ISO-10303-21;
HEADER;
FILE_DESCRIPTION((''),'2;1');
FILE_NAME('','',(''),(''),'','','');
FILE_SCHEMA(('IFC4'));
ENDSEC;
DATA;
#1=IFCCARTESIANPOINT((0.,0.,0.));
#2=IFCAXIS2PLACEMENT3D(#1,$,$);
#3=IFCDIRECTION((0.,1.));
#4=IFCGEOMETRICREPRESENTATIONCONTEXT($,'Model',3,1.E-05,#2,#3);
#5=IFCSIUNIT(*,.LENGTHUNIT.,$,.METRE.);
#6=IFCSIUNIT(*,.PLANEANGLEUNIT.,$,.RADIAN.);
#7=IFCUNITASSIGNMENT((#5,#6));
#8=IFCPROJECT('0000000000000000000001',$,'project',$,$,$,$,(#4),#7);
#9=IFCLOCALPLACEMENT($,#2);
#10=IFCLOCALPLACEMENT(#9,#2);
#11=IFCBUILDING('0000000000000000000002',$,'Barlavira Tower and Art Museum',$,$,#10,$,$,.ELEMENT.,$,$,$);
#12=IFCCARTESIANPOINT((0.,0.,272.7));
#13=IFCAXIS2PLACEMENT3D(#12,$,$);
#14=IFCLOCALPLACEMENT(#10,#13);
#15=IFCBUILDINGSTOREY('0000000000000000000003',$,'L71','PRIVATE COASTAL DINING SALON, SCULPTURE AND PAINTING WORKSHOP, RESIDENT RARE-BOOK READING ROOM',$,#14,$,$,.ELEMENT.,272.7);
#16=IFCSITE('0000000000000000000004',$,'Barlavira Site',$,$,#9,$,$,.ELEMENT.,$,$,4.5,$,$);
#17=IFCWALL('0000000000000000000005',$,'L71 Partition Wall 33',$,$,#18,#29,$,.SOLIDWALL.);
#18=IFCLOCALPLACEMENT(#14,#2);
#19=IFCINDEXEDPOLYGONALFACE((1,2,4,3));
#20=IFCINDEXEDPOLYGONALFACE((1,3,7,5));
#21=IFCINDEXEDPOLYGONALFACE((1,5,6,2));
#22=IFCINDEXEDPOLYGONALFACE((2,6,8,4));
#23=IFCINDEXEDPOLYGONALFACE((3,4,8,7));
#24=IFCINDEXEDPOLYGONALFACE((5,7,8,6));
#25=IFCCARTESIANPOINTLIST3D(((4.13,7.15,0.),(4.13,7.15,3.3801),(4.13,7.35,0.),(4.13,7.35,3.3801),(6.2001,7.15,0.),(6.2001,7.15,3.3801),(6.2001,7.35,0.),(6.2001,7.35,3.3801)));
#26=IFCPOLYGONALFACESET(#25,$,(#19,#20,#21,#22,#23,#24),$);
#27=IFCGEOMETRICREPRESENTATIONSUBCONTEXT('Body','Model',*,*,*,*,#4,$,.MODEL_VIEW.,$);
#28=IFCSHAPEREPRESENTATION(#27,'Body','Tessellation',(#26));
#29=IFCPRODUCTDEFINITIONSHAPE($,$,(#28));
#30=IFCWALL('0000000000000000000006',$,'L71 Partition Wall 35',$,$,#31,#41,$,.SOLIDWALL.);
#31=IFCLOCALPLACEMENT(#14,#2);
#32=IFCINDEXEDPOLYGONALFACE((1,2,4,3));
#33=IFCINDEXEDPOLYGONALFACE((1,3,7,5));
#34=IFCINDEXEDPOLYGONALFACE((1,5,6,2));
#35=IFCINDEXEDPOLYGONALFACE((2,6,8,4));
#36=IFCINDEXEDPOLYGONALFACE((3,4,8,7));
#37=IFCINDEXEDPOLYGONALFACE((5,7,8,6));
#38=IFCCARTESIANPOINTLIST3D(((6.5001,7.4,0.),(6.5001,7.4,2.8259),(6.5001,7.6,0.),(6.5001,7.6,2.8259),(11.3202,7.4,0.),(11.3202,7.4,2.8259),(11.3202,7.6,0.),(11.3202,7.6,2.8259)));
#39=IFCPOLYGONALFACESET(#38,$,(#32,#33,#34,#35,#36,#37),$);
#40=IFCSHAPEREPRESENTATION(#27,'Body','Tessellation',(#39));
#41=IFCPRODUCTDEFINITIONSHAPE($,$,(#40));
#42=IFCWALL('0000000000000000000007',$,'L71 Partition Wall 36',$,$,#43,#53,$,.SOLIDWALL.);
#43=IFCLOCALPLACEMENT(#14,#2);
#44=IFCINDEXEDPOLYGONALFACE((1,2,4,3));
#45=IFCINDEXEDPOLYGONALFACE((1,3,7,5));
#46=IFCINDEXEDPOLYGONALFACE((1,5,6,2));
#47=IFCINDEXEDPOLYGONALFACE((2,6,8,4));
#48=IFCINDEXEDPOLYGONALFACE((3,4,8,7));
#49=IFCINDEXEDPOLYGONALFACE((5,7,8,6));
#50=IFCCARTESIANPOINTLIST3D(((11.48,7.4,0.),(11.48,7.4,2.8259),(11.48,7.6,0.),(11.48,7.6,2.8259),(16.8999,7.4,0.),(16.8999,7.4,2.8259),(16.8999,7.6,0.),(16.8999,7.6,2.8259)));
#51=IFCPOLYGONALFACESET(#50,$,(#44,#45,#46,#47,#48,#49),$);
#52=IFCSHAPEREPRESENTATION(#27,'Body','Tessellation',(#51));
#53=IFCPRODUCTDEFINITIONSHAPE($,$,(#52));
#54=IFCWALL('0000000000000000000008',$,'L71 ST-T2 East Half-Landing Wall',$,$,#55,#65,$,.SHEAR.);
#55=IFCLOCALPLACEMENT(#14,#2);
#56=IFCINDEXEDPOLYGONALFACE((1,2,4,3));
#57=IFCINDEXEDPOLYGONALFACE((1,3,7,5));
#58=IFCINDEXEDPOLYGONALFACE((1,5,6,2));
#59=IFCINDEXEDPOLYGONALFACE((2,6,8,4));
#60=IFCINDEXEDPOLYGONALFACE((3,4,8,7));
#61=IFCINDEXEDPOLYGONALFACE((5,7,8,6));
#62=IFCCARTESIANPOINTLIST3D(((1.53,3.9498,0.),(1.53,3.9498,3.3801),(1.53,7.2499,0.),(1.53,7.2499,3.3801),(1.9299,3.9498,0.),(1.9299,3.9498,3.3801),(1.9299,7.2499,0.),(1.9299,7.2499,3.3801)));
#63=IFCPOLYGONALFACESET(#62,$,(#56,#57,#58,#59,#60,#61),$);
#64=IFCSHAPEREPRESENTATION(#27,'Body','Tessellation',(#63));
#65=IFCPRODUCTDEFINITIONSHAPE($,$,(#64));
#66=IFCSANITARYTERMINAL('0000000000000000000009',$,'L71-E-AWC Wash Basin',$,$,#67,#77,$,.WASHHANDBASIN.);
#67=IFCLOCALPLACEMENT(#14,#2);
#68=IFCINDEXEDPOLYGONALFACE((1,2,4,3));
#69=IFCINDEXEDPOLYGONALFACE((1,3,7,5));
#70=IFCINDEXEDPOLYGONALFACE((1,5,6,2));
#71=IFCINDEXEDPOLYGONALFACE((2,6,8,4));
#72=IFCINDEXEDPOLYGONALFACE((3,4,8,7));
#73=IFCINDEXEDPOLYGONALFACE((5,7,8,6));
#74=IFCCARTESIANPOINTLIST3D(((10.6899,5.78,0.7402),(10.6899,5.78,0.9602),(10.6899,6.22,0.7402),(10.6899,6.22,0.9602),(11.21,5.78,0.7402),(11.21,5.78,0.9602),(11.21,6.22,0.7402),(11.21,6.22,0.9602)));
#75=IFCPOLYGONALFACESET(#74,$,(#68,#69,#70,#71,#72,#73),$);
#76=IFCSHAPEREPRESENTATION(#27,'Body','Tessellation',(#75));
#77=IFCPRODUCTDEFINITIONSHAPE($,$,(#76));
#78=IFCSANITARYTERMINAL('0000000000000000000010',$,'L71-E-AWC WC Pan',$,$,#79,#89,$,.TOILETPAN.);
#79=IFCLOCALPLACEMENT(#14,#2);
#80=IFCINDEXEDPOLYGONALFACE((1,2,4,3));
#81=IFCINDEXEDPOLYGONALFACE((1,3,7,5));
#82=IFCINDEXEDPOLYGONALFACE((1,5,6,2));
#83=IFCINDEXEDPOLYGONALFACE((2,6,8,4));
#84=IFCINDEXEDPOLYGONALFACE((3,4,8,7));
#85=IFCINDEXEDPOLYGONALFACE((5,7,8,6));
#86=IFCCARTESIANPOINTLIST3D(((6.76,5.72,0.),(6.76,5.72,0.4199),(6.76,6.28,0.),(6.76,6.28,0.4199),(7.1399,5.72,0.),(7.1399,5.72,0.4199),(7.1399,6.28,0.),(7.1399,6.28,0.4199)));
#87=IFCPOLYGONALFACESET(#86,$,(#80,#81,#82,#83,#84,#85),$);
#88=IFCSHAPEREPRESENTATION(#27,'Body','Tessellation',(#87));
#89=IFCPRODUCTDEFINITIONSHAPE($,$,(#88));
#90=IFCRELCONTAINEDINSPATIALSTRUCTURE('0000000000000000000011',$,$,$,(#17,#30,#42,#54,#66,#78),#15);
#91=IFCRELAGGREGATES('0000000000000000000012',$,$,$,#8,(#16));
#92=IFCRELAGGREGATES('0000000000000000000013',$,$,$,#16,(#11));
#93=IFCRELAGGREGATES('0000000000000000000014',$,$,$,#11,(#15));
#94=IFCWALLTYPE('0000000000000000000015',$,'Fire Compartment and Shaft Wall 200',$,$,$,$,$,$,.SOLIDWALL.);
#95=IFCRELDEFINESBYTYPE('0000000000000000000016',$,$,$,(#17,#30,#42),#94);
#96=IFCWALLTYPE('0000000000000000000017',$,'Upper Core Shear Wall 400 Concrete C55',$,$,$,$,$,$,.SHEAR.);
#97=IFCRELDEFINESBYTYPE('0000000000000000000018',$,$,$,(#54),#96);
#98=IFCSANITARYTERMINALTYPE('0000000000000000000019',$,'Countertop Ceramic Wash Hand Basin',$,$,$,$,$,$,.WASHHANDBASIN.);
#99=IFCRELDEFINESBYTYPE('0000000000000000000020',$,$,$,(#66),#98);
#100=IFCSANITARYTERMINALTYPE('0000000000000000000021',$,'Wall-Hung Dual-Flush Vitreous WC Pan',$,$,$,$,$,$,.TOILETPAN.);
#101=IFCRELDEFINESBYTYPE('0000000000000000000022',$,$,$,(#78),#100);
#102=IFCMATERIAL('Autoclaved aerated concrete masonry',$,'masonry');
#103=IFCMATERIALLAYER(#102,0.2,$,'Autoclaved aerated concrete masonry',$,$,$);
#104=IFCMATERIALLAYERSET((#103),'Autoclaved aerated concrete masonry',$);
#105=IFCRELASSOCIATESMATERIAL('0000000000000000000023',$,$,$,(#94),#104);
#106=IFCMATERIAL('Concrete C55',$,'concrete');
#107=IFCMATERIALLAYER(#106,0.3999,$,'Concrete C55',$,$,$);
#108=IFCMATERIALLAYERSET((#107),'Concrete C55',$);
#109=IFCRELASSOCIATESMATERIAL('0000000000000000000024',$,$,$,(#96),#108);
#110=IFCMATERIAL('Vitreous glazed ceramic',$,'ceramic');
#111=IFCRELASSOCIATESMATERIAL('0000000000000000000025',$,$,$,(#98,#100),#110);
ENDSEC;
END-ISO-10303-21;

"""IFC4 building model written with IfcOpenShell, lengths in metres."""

from ifc_helpers import new_model, si_unit, direction, frame, frame_2d, origin, origin_2d, place, context, subcontext, project, spatial, rectangle, extrude, material, layer, layer_set, type_object, element, save


model = new_model("IFC4")

# Units and contexts
model_context = context("Model", 3, precision=1e-05, world=origin(), true_north=direction((0.0, 1.0)))
body_context = subcontext(model_context, "Body", "Model", "MODEL_VIEW")
ifc_project = project(units=[si_unit("LENGTHUNIT", "METRE"), si_unit("PLANEANGLEUNIT", "RADIAN")], contexts=[model_context])

# Site, building, storey
site_placement = place(None, origin())
site = spatial("IfcSite", under=ifc_project, at=site_placement, Name="Barlavira Site", CompositionType="ELEMENT", RefElevation=4.5)
building_placement = place(site_placement, origin())
building = spatial("IfcBuilding", under=site, at=building_placement, Name="Barlavira Tower and Art Museum", CompositionType="ELEMENT")
storey_placement = place(building_placement, frame((0.0, 0.0, 272.7)))
storey = spatial("IfcBuildingStorey", under=building, at=storey_placement, Name="L71", Description="PRIVATE COASTAL DINING SALON, SCULPTURE AND PAINTING WORKSHOP, RESIDENT RARE-BOOK READING ROOM", CompositionType="ELEMENT", Elevation=272.7)

# Shared definitions
ifc_material_1 = material(Name="Autoclaved aerated concrete masonry", Category="masonry")
ifc_layer_1 = layer(ifc_material_1, 0.2, Name="Autoclaved aerated concrete masonry")
ifc_layer_set_1 = layer_set([ifc_layer_1], Name="Autoclaved aerated concrete masonry")
wall_type_1 = type_object("IfcWallType", Name="Fire Compartment and Shaft Wall 200", PredefinedType="SOLIDWALL", material=ifc_layer_set_1)

# Walls
wall_1_placement = place(storey_placement, frame((4.1299, 7.25, 0.0), z_axis=(0.0, 0.0, 1.0), x_axis=(1.0, 0.0, 0.0)))
element("IfcWall", 1, at=wall_1_placement, inside=storey, type_object=wall_type_1, Name="L71 Partition Wall 33", PredefinedType="SOLIDWALL", context=body_context, shape_type="SweptSolid", body=[
    extrude(rectangle(XDim=2.0701, YDim=0.2, at=frame_2d((1.0352, 0.0))), origin(), (0.0, 0.0, 1.0), 3.3801),
])
wall_2_placement = place(storey_placement, frame((6.5, 7.5, 0.0), z_axis=(0.0, 0.0, 1.0), x_axis=(1.0, 0.0, 0.0)))
element("IfcWall", 2, at=wall_2_placement, inside=storey, type_object=wall_type_1, Name="L71 Partition Wall 35", PredefinedType="SOLIDWALL", context=body_context, shape_type="SweptSolid", body=[
    extrude(rectangle(XDim=4.8201, YDim=0.2, at=frame_2d((2.4102, 0.0))), origin(), (0.0, 0.0, 1.0), 2.8259),
])
wall_3_placement = place(storey_placement, frame((11.48, 7.5, 0.0), z_axis=(0.0, 0.0, 1.0), x_axis=(1.0, 0.0, 0.0)))
element("IfcWall", 3, at=wall_3_placement, inside=storey, type_object=wall_type_1, Name="L71 Partition Wall 36", PredefinedType="SOLIDWALL", context=body_context, shape_type="SweptSolid", body=[
    extrude(rectangle(XDim=5.4199, YDim=0.2, at=frame_2d((2.71, 0.0))), origin(), (0.0, 0.0, 1.0), 2.8259),
])
ifc_material_2 = material(Name="Concrete C55", Category="concrete")
ifc_layer_2 = layer(ifc_material_2, 0.3999, Name="Concrete C55")
ifc_layer_set_2 = layer_set([ifc_layer_2], Name="Concrete C55")
wall_type_2 = type_object("IfcWallType", Name="Upper Core Shear Wall 400 Concrete C55", PredefinedType="SHEAR", material=ifc_layer_set_2)
wall_4_placement = place(storey_placement, frame((1.73, 3.95, 0.0), z_axis=(0.0, 0.0, 1.0), x_axis=(0.0, 1.0, 0.0)))
element("IfcWall", 4, at=wall_4_placement, inside=storey, type_object=wall_type_2, Name="L71 ST-T2 East Half-Landing Wall", PredefinedType="SHEAR", context=body_context, shape_type="SweptSolid", body=[
    extrude(rectangle(XDim=3.3, YDim=0.3999, at=frame_2d((1.6499, 0.0))), origin(), (0.0, 0.0, 1.0), 3.3801),
])

# Sanitary terminals
ifc_material_3 = material(Name="Vitreous glazed ceramic", Category="ceramic")
sanitary_terminal_type_1 = type_object("IfcSanitaryTerminalType", Name="Countertop Ceramic Wash Hand Basin", PredefinedType="WASHHANDBASIN", material=ifc_material_3)
sanitary_terminal_1_placement = place(storey_placement, frame((10.95, 6.0, 0.7402), z_axis=(0.0, 0.0, 1.0), x_axis=(1.0, 0.0, 0.0)))
element("IfcSanitaryTerminal", 5, at=sanitary_terminal_1_placement, inside=storey, type_object=sanitary_terminal_type_1, Name="L71-E-AWC Wash Basin", PredefinedType="WASHHANDBASIN", context=body_context, shape_type="SweptSolid", body=[
    extrude(rectangle(XDim=0.52, YDim=0.4399, at=origin_2d()), origin(), (0.0, 0.0, 1.0), 0.22),
])
sanitary_terminal_type_2 = type_object("IfcSanitaryTerminalType", Name="Wall-Hung Dual-Flush Vitreous WC Pan", PredefinedType="TOILETPAN", material=ifc_material_3)
sanitary_terminal_2_placement = place(storey_placement, frame((6.95, 6.0, 0.0), z_axis=(0.0, 0.0, 1.0), x_axis=(1.0, 0.0, 0.0)))
element("IfcSanitaryTerminal", 6, at=sanitary_terminal_2_placement, inside=storey, type_object=sanitary_terminal_type_2, Name="L71-E-AWC WC Pan", PredefinedType="TOILETPAN", context=body_context, shape_type="SweptSolid", body=[
    extrude(rectangle(XDim=0.3799, YDim=0.5601, at=origin_2d()), origin(), (0.0, 0.0, 1.0), 0.4199),
])

save(model, "model.ifc")
